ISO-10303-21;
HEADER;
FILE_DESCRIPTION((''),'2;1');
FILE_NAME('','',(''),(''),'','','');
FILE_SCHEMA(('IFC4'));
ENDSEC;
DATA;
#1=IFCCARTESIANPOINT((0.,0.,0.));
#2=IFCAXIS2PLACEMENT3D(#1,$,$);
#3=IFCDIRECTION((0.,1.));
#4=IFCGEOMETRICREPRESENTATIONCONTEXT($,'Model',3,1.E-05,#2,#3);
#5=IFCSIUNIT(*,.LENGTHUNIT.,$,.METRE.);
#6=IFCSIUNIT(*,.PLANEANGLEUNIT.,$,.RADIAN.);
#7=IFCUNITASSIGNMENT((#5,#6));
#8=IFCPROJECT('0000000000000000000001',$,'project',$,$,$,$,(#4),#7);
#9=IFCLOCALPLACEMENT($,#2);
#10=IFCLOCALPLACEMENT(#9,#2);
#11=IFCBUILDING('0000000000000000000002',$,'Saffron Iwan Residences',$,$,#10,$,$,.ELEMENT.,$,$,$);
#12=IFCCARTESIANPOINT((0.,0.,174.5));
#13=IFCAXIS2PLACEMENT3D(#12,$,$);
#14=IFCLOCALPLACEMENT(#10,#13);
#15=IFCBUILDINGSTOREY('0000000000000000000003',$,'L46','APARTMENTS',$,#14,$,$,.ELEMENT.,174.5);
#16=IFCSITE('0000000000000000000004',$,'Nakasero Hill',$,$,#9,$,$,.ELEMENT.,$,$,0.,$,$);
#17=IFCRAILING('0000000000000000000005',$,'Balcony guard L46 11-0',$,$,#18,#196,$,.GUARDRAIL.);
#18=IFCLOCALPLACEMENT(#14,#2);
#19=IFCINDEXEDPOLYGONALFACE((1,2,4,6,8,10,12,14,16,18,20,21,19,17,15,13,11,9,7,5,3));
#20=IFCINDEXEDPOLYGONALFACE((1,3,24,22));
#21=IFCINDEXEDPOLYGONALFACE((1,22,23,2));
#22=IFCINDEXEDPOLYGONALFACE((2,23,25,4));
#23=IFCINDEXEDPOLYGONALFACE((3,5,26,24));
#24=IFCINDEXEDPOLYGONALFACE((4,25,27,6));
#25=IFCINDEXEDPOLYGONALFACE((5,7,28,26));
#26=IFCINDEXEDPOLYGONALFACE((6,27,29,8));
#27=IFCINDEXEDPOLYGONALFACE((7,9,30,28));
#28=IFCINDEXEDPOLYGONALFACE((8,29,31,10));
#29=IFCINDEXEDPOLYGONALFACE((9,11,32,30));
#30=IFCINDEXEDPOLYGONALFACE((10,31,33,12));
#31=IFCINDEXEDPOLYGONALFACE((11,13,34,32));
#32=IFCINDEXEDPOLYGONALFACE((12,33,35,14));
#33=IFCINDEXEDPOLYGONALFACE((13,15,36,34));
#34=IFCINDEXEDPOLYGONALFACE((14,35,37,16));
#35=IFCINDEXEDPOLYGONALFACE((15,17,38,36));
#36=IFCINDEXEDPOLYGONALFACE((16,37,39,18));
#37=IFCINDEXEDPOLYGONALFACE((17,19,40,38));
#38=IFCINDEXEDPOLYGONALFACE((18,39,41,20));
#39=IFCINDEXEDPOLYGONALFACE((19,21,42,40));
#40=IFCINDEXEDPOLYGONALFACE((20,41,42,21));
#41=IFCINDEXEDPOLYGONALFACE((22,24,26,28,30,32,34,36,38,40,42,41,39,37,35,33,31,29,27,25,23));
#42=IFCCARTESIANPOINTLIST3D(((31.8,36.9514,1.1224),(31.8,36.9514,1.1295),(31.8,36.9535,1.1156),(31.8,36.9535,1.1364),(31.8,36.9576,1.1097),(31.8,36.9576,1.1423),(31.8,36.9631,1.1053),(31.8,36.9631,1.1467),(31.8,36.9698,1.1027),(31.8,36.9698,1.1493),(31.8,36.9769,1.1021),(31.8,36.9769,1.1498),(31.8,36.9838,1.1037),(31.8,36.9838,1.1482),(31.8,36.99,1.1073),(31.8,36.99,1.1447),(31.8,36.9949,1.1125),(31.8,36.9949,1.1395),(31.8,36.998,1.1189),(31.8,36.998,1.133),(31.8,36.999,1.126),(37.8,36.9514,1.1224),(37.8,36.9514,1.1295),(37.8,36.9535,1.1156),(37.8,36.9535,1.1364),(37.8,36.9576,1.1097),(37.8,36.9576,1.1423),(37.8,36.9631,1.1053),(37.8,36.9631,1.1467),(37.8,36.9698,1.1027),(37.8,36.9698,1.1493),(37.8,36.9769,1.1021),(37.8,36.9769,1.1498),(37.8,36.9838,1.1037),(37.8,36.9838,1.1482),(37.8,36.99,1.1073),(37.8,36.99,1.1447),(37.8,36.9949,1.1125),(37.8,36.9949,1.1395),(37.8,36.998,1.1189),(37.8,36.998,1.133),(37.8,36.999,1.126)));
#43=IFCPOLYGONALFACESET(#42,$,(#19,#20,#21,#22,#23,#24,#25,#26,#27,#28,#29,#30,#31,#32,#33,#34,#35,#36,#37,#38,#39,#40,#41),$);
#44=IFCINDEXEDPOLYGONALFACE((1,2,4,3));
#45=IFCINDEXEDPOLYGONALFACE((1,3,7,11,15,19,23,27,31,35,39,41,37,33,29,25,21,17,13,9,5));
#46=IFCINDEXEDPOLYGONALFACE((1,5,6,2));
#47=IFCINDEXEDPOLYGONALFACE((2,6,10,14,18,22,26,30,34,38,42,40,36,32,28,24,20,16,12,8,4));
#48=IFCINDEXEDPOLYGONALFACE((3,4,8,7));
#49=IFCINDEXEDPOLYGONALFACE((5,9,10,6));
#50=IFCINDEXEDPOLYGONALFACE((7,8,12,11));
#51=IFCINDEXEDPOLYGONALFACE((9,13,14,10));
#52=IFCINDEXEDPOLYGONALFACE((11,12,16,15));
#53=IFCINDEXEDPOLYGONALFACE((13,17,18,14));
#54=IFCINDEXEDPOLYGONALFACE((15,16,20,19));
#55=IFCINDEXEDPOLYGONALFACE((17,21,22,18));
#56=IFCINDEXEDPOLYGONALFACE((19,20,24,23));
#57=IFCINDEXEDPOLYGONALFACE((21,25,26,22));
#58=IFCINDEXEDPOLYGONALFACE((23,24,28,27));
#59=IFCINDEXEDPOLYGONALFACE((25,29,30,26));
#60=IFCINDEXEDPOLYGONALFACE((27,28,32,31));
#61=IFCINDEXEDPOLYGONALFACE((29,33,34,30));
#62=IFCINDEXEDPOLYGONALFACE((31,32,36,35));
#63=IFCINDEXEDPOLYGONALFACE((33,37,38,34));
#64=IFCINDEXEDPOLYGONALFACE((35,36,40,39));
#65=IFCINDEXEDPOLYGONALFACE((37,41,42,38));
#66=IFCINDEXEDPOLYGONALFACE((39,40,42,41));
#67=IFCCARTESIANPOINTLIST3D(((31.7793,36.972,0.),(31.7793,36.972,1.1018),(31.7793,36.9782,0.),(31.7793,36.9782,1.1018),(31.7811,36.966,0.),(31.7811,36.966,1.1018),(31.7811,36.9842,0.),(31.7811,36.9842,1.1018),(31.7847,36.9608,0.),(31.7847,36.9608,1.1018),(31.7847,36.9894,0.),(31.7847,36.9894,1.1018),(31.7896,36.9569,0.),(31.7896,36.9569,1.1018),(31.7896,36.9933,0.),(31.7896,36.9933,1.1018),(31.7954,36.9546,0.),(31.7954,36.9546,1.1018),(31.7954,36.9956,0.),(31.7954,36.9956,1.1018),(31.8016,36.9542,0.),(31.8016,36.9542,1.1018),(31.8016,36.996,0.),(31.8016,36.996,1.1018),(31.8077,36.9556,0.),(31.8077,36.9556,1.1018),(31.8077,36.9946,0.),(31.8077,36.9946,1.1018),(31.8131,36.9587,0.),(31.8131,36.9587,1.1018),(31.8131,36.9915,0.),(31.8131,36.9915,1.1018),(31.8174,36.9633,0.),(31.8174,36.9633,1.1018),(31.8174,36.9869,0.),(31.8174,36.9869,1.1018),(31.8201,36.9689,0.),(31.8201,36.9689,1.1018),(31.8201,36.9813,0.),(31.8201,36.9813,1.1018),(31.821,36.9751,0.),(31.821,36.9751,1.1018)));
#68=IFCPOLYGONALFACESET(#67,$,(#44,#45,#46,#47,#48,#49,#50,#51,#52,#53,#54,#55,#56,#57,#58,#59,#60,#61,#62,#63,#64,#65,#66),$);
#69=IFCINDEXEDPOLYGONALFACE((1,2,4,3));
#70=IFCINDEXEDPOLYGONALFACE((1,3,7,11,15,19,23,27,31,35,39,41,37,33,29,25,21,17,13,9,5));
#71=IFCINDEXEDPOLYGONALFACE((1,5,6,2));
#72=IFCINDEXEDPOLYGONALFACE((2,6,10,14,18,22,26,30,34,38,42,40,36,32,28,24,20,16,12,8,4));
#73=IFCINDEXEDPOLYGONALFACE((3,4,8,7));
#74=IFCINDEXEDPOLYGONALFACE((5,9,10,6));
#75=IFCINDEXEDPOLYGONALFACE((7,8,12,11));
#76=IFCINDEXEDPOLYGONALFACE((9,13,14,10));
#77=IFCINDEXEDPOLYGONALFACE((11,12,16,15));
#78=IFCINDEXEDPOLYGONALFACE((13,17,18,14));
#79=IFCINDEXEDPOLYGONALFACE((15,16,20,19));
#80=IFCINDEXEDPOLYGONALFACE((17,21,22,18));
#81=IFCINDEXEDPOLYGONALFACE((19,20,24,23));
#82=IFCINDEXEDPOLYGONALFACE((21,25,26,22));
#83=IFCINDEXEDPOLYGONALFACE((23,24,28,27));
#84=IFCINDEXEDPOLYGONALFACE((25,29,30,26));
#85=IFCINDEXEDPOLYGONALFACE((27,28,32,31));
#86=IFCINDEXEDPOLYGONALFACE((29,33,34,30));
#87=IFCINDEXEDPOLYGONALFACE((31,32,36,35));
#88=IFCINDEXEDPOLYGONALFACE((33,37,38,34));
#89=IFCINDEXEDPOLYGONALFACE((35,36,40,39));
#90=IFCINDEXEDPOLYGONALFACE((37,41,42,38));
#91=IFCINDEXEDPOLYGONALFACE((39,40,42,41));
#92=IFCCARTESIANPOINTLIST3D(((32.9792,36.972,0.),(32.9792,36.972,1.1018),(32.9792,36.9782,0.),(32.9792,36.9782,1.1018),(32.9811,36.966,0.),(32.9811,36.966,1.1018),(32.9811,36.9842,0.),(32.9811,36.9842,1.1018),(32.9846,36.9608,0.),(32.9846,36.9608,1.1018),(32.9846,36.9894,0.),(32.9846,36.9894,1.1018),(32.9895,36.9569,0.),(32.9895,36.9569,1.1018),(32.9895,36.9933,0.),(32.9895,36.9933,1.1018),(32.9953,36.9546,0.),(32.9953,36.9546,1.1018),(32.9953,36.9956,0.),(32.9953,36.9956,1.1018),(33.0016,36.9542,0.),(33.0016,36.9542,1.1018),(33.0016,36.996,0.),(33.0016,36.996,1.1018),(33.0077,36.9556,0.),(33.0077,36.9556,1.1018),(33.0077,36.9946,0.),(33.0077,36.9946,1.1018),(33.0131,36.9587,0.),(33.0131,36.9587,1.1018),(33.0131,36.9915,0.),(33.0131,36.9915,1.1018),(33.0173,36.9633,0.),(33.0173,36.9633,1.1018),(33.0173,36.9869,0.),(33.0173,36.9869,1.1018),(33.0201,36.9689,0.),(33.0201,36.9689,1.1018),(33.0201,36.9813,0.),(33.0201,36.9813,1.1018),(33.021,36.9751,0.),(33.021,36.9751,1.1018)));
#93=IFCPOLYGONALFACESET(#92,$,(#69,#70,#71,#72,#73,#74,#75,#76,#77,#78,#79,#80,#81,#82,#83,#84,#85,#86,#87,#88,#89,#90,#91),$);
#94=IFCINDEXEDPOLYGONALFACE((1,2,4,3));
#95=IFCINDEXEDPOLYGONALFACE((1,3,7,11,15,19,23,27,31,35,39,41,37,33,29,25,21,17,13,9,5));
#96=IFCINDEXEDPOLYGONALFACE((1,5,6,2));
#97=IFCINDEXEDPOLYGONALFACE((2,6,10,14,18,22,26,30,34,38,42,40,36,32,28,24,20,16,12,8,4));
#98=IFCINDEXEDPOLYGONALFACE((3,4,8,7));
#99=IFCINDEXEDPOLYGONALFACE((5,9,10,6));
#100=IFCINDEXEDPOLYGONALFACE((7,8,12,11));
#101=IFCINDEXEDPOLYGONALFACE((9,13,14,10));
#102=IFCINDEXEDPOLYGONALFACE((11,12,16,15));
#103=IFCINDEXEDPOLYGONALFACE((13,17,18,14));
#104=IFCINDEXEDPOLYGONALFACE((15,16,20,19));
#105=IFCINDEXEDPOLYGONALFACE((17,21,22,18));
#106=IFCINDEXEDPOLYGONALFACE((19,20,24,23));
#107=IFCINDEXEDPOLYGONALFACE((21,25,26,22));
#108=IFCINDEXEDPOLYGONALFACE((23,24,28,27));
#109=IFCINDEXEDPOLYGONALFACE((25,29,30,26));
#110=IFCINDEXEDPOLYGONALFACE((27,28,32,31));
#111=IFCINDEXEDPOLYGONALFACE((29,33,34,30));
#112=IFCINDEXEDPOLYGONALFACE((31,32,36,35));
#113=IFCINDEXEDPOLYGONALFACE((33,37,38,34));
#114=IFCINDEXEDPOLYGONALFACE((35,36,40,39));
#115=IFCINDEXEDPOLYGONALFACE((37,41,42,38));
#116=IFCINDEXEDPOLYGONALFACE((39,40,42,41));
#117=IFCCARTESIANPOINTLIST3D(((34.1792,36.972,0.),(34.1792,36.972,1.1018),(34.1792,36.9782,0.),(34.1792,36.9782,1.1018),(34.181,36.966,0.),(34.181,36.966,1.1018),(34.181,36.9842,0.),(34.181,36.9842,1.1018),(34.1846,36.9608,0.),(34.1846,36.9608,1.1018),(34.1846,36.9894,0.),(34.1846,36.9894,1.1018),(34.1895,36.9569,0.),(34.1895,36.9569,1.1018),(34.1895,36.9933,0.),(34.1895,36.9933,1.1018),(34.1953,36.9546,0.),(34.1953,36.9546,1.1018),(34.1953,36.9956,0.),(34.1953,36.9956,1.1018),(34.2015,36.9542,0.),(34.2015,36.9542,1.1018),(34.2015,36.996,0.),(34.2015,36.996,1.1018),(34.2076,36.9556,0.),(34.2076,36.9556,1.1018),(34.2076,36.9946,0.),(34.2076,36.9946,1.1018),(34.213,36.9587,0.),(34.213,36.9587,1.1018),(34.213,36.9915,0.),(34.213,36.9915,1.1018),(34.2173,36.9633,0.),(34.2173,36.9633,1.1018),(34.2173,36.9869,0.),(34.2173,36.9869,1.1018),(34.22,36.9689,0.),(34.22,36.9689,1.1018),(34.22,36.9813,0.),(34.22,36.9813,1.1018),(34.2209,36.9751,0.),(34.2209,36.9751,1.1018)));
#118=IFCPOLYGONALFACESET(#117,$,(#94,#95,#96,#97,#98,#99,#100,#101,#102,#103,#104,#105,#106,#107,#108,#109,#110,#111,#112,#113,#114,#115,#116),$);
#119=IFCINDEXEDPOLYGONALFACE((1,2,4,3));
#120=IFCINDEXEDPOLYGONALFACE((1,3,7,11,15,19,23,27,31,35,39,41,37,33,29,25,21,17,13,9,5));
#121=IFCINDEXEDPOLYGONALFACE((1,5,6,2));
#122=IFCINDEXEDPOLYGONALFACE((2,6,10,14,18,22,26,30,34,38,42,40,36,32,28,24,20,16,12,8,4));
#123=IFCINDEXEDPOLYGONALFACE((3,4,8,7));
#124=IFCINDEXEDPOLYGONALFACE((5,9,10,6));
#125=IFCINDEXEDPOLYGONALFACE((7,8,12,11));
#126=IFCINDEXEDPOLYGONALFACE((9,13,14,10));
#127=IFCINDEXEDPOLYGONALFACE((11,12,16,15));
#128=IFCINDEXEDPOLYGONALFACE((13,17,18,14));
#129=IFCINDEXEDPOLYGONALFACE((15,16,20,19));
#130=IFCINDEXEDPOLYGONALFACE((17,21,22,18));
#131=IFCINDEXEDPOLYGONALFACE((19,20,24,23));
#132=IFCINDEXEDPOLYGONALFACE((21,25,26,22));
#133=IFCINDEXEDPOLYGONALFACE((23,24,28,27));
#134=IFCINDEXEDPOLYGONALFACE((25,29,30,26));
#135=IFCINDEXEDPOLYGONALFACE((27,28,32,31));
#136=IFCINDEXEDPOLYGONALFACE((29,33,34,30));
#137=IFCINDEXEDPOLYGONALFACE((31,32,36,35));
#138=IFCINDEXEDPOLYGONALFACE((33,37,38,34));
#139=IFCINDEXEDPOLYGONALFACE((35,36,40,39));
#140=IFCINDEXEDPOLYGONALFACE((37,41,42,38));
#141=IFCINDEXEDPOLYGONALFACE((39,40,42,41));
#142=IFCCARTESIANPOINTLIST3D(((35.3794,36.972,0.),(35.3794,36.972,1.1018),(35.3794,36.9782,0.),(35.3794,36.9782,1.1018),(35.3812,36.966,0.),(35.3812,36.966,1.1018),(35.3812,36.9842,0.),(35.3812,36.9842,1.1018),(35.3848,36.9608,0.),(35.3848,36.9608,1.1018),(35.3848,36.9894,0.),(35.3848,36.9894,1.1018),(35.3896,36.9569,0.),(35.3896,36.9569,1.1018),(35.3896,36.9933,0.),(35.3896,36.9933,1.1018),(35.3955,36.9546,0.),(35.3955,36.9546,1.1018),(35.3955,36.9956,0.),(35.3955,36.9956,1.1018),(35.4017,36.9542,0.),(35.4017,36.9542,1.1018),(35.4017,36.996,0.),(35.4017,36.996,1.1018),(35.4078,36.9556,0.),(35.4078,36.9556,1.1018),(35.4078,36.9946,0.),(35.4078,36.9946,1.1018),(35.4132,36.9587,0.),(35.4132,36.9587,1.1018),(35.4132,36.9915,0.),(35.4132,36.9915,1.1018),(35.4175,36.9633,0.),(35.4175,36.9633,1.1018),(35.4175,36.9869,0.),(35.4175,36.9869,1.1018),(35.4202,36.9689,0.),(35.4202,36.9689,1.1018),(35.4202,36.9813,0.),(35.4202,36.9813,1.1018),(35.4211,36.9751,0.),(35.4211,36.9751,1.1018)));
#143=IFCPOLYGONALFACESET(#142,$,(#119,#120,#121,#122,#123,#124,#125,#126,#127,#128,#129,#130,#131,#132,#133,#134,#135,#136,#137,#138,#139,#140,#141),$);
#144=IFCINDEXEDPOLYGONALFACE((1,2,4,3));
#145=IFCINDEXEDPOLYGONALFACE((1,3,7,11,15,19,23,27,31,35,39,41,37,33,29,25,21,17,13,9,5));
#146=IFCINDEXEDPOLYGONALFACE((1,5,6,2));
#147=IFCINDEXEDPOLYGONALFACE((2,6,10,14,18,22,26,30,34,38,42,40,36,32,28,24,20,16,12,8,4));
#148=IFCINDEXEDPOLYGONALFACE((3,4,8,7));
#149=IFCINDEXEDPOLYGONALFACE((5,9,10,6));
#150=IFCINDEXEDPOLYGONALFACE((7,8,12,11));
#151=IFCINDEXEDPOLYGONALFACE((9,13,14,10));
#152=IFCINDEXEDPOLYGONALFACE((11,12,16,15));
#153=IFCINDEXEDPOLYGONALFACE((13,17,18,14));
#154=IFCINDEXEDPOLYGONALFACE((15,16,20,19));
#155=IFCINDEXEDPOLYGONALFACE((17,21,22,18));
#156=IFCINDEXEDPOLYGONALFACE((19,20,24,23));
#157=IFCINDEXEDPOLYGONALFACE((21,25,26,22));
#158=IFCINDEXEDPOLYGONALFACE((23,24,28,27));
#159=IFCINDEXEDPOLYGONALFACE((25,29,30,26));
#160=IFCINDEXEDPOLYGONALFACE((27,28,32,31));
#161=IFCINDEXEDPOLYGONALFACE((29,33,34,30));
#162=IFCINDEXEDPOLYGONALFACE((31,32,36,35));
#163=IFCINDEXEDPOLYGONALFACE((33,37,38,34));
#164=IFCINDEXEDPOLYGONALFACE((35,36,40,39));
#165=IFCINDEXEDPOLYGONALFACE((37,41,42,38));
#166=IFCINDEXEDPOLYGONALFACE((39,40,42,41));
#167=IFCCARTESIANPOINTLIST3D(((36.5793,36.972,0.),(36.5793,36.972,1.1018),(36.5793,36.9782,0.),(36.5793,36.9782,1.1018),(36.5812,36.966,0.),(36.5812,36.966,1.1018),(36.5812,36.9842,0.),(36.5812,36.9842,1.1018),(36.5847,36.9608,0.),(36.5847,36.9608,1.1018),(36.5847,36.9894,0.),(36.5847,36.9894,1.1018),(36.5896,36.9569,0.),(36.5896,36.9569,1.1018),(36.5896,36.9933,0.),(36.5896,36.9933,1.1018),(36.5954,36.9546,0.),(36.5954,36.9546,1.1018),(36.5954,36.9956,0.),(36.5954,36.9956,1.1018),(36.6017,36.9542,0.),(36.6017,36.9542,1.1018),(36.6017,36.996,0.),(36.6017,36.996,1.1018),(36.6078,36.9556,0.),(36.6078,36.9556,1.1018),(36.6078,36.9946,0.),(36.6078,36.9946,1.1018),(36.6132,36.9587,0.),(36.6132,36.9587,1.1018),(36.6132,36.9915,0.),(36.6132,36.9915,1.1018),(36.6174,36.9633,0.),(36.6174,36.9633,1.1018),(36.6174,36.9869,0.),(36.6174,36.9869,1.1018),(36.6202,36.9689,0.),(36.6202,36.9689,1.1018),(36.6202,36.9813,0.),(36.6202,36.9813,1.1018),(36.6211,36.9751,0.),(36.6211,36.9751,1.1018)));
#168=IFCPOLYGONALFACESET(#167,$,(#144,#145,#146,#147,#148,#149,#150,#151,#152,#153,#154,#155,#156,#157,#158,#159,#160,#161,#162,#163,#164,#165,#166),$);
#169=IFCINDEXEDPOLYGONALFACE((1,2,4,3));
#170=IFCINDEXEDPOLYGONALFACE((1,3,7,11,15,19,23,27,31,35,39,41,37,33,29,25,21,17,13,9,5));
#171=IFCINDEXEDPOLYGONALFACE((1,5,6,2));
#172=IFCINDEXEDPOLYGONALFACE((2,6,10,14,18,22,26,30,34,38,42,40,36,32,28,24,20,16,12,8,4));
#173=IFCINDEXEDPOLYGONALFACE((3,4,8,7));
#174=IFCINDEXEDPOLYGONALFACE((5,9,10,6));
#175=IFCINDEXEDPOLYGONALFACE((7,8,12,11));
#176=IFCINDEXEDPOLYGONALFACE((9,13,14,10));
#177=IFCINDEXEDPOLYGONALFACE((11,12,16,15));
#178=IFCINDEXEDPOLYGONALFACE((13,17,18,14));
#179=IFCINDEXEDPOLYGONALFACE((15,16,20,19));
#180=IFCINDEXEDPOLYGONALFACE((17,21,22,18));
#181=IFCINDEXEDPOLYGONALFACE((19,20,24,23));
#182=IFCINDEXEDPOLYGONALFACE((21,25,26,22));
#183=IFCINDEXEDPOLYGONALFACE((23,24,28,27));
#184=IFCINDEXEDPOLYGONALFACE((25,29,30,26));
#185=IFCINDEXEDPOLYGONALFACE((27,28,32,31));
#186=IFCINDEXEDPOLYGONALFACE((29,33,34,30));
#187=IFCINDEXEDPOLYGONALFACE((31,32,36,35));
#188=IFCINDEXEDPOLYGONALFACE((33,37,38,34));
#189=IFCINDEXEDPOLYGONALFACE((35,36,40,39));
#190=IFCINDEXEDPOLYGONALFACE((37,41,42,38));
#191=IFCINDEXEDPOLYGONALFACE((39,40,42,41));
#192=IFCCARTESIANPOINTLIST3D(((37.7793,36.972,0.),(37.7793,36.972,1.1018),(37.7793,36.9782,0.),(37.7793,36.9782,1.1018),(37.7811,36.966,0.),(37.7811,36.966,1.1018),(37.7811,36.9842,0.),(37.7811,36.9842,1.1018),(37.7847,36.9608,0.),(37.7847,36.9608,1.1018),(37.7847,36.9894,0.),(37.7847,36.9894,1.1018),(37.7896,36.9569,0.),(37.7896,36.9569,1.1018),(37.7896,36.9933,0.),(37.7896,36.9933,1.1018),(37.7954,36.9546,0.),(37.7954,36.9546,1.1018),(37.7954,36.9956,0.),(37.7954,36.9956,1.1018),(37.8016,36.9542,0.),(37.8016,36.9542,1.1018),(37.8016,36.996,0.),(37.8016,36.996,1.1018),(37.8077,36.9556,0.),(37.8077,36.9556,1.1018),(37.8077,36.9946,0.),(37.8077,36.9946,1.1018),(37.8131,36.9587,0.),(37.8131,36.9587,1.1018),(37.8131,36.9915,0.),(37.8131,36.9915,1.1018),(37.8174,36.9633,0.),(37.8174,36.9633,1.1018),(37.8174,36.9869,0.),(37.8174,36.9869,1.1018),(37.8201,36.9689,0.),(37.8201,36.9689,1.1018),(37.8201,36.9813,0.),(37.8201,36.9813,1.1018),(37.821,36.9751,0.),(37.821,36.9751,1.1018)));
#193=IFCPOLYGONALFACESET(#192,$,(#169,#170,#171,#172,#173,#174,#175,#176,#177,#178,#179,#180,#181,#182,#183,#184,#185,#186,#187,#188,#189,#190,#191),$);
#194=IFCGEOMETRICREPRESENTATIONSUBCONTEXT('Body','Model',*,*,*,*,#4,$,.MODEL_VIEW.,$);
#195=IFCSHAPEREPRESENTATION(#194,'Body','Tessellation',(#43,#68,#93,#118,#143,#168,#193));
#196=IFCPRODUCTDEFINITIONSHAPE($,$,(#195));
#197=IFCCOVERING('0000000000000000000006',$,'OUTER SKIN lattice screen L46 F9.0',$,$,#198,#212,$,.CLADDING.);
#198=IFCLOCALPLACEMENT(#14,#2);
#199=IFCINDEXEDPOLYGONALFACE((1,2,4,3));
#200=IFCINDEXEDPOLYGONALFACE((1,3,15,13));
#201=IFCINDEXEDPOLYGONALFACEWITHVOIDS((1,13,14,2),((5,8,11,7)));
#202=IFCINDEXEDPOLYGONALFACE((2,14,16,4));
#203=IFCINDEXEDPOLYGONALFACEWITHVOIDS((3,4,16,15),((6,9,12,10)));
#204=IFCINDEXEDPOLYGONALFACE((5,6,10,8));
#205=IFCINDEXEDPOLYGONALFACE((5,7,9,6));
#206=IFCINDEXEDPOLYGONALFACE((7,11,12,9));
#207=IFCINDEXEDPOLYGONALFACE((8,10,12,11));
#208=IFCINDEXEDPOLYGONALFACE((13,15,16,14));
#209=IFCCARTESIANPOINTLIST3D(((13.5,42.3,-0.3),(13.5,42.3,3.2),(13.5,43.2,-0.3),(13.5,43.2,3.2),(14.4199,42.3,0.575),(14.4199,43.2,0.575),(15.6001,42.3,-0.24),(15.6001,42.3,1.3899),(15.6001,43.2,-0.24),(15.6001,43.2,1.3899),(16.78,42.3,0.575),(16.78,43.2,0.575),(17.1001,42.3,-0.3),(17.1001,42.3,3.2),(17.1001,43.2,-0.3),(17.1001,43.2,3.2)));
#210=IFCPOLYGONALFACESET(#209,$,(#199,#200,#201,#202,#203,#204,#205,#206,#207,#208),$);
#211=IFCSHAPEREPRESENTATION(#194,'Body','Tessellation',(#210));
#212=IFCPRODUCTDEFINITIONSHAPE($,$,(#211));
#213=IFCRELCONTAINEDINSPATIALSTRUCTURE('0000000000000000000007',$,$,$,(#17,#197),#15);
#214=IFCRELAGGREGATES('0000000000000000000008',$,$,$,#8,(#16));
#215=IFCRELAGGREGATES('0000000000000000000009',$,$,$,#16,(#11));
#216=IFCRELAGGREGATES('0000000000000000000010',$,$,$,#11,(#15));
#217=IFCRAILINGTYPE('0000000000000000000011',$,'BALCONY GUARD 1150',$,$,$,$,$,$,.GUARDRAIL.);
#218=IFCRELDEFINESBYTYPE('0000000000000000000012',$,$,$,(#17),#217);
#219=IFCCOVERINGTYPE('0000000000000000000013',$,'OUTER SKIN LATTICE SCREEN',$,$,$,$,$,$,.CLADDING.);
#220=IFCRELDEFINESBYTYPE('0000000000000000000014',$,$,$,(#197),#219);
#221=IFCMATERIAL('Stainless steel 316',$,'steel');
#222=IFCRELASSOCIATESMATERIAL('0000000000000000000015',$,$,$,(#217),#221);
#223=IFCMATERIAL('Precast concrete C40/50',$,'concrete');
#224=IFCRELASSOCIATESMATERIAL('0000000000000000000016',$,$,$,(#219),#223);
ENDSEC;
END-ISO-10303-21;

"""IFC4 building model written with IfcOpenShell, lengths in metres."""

from ifc_helpers import new_model, si_unit, direction, frame, origin, origin_2d, place, context, subcontext, project, spatial, polyline, circle, outline, extrude, material, type_object, element, save


model = new_model("IFC4")

# Units and contexts
model_context = context("Model", 3, precision=1e-05, world=origin(), true_north=direction((0.0, 1.0)))
body_context = subcontext(model_context, "Body", "Model", "MODEL_VIEW")
ifc_project = project(units=[si_unit("LENGTHUNIT", "METRE"), si_unit("PLANEANGLEUNIT", "RADIAN")], contexts=[model_context])

# Site, building, storey
site_placement = place(None, origin())
site = spatial("IfcSite", under=ifc_project, at=site_placement, Name="Nakasero Hill", CompositionType="ELEMENT", RefElevation=0.0)
building_placement = place(site_placement, origin())
building = spatial("IfcBuilding", under=site, at=building_placement, Name="Saffron Iwan Residences", CompositionType="ELEMENT")
storey_placement = place(building_placement, frame((0.0, 0.0, 174.5)))
storey = spatial("IfcBuildingStorey", under=building, at=storey_placement, Name="L46", Description="APARTMENTS", CompositionType="ELEMENT", Elevation=174.5)

# Railing
ifc_material_1 = material(Name="Stainless steel 316", Category="steel")
railing_type = type_object("IfcRailingType", Name="BALCONY GUARD 1150", PredefinedType="GUARDRAIL", material=ifc_material_1)
railing_placement = place(storey_placement, frame((31.8, 36.9751, 0.0)))
element("IfcRailing", 1, at=railing_placement, inside=storey, type_object=railing_type, Name="Balcony guard L46 11-0", PredefinedType="GUARDRAIL", context=body_context, shape_type="SweptSolid", body=[
    extrude(circle(Radius=0.0239, at=origin_2d()), frame((0.0, 0.0, 1.126), z_axis=(1.0, 0.0, 0.0), x_axis=(0.0, 1.0, 0.0)), (0.0, 0.0, 1.0), 6.0),
    extrude(circle(Radius=0.021, at=origin_2d()), origin(), (0.0, 0.0, 1.0), 1.1018),
    extrude(circle(Radius=0.021, at=origin_2d()), frame((1.2, 0.0, 0.0)), (0.0, 0.0, 1.0), 1.1018),
    extrude(circle(Radius=0.021, at=origin_2d()), frame((2.3999, 0.0, 0.0)), (0.0, 0.0, 1.0), 1.1018),
    extrude(circle(Radius=0.021, at=origin_2d()), frame((3.6001, 0.0, 0.0)), (0.0, 0.0, 1.0), 1.1018),
    extrude(circle(Radius=0.021, at=origin_2d()), frame((4.8, 0.0, 0.0)), (0.0, 0.0, 1.0), 1.1018),
    extrude(circle(Radius=0.021, at=origin_2d()), frame((6.0, 0.0, 0.0)), (0.0, 0.0, 1.0), 1.1018),
])

# Covering
ifc_material_2 = material(Name="Precast concrete C40/50", Category="concrete")
covering_type = type_object("IfcCoveringType", Name="OUTER SKIN LATTICE SCREEN", PredefinedType="CLADDING", material=ifc_material_2)
for number, where, z_axis, x_axis, name in (
    (2, (13.5, 43.2, -0.3), (0.0, -1.0, 0.0), (1.0, 0.0, 0.0), "OUTER SKIN lattice screen L46 F9.0"),
):
    element("IfcCovering", number, at=place(storey_placement, frame(where, z_axis=z_axis, x_axis=x_axis)), inside=storey, type_object=covering_type, Name=name, PredefinedType="CLADDING", context=body_context, shape_type="SweptSolid", body=[
        extrude(outline(polyline([(0.0, 0.0), (3.6001, 0.0), (3.6001, 3.5), (0.0, 3.5), (0.0, 0.0)]), holes=[polyline([(0.9199, 0.875), (2.1001, 0.0601), (3.28, 0.875), (2.1001, 1.6899), (0.9199, 0.875)])]), origin(), (0.0, 0.0, 1.0), 0.8999),
    ])

save(model, "model.ifc")
